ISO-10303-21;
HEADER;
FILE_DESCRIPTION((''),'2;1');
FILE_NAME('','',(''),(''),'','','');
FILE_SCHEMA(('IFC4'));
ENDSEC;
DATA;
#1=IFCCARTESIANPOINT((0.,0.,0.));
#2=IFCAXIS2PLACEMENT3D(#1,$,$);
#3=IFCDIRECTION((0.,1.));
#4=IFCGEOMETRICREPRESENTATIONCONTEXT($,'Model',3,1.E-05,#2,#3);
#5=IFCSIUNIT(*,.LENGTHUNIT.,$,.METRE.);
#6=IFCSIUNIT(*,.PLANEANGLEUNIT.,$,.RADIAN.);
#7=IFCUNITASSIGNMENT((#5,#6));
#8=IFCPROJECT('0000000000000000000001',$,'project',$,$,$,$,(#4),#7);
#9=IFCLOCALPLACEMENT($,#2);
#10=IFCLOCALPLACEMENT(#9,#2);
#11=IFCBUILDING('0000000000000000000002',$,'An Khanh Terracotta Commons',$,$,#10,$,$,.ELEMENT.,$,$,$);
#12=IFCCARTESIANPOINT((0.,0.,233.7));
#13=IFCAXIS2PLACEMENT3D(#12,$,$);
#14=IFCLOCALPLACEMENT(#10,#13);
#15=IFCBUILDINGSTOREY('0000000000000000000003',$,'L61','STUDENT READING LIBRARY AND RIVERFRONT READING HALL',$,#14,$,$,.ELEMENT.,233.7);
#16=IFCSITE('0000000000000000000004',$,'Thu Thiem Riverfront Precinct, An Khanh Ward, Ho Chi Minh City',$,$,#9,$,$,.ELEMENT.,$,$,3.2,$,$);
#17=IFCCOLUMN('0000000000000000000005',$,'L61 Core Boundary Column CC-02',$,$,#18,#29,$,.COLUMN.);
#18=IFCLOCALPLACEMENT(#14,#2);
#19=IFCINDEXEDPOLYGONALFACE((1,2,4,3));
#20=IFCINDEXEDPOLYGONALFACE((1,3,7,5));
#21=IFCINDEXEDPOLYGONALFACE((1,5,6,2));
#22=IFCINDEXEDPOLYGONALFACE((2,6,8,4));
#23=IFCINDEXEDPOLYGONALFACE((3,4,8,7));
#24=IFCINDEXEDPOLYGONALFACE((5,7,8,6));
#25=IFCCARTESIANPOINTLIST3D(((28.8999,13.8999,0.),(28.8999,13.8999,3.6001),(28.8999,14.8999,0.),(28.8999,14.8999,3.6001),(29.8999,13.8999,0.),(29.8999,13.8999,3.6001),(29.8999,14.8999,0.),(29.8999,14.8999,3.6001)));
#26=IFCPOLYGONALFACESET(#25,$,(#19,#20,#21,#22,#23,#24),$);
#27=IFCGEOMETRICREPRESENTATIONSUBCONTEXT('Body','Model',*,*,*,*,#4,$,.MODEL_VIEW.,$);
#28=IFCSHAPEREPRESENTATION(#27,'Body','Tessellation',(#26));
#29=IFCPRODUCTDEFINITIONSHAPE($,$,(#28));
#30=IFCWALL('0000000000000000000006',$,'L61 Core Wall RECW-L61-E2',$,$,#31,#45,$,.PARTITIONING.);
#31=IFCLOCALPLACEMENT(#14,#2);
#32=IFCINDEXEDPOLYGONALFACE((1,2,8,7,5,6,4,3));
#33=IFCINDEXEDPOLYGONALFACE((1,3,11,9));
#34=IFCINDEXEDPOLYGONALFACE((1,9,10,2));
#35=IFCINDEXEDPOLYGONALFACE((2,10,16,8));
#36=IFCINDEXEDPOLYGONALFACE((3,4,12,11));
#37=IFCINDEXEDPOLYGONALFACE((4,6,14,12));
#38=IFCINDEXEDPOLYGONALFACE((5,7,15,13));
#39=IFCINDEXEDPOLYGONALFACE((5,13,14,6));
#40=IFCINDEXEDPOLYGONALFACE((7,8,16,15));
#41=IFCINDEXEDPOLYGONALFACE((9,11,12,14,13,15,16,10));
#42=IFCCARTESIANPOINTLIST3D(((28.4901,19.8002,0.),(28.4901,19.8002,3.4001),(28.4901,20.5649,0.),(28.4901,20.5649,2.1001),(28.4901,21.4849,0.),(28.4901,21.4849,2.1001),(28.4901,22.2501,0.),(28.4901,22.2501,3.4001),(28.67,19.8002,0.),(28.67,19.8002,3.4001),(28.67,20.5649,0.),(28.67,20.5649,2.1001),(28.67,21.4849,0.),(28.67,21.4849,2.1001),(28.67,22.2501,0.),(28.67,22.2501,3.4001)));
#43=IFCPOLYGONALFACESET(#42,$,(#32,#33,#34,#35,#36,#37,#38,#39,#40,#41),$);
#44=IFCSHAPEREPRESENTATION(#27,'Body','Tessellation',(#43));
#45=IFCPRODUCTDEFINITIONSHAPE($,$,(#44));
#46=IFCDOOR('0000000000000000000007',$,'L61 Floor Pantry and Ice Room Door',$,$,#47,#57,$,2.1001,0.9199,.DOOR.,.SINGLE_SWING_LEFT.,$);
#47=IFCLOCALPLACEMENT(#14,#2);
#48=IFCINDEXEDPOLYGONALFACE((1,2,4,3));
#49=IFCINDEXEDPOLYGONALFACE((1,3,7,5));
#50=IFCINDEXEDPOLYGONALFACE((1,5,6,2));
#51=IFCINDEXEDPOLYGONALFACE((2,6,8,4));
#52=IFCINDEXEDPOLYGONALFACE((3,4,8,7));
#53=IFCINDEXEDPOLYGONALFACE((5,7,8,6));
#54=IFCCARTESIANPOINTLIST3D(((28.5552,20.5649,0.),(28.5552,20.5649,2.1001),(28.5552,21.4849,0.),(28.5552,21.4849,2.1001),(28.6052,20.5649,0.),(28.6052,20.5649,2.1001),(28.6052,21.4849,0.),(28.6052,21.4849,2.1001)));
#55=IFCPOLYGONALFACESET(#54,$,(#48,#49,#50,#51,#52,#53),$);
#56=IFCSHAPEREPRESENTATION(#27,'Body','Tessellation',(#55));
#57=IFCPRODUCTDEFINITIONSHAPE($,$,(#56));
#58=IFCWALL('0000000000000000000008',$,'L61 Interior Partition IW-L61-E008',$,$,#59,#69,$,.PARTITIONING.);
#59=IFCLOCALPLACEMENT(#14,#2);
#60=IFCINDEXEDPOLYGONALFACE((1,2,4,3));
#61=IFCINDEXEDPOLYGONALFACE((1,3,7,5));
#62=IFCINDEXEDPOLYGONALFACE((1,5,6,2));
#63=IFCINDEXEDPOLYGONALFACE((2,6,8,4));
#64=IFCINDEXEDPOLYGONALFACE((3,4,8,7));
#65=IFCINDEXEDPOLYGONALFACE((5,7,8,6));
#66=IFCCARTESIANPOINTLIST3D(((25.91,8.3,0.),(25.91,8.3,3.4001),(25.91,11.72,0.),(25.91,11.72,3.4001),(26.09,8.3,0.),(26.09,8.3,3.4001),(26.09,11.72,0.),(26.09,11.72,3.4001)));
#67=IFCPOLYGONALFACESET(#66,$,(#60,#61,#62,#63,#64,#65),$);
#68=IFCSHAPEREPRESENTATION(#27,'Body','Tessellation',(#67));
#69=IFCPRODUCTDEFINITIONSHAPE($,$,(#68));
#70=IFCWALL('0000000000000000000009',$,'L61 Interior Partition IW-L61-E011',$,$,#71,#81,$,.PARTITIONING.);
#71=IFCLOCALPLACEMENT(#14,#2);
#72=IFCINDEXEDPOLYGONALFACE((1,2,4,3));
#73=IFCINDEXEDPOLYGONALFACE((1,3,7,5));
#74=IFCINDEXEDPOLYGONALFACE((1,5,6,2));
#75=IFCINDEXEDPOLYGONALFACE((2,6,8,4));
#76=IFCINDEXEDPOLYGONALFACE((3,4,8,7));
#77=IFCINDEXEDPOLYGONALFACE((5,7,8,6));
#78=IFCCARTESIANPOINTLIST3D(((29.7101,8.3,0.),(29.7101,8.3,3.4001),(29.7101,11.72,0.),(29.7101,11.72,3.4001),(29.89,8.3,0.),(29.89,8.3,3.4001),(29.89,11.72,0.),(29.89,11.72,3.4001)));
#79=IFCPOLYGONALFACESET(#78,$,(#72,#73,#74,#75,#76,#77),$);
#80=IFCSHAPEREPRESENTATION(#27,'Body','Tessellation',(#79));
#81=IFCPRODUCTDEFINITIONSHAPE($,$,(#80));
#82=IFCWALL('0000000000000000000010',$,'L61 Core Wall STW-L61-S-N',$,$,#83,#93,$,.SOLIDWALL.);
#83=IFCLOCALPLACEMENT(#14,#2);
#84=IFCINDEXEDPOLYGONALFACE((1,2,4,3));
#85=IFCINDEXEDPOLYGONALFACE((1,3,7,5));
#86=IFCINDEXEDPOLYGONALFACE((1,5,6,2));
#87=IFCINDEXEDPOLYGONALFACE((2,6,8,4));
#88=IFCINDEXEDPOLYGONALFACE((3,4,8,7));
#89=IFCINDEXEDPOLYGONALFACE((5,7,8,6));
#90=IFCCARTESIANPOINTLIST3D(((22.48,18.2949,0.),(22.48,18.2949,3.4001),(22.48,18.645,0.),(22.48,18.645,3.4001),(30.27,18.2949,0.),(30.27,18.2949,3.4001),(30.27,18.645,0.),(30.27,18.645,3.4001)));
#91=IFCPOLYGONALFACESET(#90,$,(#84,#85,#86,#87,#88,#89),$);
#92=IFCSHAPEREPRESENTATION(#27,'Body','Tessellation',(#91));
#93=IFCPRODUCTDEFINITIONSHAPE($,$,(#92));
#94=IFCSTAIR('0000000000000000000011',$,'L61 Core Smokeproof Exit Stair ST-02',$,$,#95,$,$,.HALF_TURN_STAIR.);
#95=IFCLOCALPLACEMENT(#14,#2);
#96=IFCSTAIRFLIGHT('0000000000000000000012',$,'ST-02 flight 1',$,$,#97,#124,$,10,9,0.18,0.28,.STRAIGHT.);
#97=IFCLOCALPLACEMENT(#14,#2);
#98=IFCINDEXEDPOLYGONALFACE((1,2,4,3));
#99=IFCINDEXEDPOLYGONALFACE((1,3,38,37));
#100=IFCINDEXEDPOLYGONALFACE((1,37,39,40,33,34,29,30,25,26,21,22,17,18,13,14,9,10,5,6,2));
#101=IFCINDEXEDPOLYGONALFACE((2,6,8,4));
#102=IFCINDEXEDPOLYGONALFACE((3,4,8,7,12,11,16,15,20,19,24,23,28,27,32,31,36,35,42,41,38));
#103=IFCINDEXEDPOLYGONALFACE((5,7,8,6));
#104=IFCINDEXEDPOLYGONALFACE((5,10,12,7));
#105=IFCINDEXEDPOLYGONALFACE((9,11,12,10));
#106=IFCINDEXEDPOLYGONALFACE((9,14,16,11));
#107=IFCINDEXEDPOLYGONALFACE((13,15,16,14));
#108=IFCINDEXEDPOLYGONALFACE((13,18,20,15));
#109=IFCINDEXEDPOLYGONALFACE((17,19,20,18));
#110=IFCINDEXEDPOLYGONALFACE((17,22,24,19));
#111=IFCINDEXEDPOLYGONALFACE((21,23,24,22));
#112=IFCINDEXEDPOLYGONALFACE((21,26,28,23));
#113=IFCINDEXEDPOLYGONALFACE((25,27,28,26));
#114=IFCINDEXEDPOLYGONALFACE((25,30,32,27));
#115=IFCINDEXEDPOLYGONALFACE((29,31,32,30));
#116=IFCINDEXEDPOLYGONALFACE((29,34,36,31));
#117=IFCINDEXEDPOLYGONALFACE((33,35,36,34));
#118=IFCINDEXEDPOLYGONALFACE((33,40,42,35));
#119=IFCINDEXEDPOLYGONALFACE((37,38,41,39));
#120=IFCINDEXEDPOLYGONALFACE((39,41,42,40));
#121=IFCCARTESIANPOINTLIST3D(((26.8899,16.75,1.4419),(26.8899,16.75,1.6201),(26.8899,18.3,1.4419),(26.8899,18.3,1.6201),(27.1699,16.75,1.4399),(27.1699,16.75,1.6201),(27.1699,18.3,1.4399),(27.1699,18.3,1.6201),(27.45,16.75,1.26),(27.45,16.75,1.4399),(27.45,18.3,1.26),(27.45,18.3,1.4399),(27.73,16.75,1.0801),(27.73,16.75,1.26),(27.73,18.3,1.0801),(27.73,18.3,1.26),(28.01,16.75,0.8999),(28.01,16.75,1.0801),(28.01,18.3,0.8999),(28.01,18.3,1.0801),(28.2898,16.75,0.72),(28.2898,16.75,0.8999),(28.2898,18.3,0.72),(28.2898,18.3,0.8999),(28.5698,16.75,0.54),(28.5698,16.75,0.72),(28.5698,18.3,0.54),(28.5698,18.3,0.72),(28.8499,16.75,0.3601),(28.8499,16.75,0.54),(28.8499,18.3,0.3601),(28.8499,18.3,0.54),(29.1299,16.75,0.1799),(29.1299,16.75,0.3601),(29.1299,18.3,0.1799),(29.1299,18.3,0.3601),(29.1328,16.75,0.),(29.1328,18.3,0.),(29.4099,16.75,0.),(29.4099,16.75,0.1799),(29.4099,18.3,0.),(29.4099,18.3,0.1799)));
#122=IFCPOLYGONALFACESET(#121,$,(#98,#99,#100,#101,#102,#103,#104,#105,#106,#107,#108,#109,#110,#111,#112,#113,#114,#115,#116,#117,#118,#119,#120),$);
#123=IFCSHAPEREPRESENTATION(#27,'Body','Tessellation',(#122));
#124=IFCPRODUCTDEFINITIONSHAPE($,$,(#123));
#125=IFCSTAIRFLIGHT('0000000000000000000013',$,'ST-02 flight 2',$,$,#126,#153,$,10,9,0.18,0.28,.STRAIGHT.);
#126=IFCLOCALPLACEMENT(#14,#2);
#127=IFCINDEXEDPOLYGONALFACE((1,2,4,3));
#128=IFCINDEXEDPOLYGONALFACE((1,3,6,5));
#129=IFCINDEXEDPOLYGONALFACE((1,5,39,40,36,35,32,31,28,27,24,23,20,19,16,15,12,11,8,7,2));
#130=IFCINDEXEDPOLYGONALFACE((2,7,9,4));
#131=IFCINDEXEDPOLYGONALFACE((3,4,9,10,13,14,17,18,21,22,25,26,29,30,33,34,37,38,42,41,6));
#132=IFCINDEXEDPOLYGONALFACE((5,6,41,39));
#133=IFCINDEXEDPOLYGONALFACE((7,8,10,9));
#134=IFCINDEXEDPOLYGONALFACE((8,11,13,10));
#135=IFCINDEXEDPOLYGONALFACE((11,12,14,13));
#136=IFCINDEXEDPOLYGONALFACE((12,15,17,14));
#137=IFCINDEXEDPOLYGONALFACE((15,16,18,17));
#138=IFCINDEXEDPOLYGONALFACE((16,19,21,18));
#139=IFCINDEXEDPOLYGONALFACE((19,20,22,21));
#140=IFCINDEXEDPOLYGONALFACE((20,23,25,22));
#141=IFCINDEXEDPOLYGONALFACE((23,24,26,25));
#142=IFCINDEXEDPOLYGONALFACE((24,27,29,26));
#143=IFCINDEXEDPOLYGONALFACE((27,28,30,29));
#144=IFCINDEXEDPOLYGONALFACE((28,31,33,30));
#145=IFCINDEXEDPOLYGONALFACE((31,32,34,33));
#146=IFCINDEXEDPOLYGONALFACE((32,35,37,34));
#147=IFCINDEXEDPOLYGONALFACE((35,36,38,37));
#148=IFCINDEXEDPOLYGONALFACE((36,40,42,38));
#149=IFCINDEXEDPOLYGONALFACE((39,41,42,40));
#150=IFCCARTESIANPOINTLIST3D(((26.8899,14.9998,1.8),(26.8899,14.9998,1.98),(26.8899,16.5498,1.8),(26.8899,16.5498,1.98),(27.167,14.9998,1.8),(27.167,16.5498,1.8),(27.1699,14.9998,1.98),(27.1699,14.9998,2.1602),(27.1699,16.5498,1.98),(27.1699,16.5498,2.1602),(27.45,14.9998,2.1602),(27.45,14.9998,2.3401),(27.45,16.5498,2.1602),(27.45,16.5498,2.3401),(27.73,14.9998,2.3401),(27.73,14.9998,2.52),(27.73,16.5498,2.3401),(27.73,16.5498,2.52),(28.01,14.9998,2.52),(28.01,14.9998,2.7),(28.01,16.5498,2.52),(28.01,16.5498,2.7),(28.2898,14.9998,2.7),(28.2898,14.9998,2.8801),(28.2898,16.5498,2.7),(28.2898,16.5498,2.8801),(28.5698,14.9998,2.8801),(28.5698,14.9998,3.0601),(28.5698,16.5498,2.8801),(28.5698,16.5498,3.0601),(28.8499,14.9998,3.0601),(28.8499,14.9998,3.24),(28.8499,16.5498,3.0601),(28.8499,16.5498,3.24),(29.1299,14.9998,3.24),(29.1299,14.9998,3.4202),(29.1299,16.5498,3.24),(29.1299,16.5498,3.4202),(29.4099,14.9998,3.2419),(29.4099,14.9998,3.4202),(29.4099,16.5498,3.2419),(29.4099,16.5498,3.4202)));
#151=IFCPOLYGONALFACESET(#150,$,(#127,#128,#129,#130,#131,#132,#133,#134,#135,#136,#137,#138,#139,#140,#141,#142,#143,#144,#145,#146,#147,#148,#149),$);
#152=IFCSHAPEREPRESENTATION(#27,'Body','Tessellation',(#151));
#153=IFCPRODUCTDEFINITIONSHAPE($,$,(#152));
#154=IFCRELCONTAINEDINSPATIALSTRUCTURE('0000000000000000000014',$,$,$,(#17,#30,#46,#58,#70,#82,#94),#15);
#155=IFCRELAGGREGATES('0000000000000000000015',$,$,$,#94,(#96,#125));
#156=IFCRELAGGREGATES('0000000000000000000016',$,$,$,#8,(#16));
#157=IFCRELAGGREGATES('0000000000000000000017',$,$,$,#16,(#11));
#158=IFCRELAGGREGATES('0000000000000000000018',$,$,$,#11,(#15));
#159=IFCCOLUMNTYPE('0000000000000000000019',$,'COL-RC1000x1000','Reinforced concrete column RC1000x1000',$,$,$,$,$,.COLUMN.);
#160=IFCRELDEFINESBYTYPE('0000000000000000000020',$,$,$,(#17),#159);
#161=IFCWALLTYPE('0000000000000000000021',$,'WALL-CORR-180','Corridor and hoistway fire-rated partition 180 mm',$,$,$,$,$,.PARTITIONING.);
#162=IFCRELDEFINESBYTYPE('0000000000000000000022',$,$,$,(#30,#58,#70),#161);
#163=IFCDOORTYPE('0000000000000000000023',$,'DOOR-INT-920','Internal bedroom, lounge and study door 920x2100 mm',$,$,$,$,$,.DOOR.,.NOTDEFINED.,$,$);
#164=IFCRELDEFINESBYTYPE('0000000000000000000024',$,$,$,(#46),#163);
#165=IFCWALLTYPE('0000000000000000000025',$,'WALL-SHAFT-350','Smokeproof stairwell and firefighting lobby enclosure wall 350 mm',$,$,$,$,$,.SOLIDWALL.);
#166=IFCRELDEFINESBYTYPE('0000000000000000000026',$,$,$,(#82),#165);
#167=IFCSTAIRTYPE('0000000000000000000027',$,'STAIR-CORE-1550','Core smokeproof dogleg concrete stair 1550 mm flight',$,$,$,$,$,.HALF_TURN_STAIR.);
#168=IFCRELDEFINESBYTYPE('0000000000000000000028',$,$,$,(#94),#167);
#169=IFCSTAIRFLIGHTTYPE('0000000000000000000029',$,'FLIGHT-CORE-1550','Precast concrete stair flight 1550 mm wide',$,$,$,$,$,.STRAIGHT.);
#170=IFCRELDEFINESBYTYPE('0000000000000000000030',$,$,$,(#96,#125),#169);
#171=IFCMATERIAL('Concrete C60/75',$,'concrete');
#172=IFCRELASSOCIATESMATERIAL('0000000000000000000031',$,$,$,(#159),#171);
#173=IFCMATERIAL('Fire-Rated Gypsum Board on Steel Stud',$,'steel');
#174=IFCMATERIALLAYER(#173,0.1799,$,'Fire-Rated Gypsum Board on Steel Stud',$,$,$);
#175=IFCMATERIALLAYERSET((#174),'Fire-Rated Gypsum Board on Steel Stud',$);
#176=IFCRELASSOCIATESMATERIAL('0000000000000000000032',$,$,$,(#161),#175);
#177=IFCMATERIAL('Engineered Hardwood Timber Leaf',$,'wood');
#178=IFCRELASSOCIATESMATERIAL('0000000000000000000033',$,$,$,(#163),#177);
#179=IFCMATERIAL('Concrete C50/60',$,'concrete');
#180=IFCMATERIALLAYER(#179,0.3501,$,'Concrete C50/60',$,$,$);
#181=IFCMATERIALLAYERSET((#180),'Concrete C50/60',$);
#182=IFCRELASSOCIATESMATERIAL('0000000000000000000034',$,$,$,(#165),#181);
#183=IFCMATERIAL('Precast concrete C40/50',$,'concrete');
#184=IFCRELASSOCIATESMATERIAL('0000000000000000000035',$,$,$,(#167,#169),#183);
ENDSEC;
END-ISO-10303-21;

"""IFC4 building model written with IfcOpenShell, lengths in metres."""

from ifc_helpers import new_model, si_unit, direction, frame, frame_2d, origin, origin_2d, place, context, subcontext, project, spatial, polyline, rectangle, outline, extrude, material, layer, layer_set, material_profile, profile_set, type_object, element, fill, aggregate, save


model = new_model("IFC4")

# Units and contexts
model_context = context("Model", 3, precision=1e-05, world=origin(), true_north=direction((0.0, 1.0)))
body_context = subcontext(model_context, "Body", "Model", "MODEL_VIEW")
ifc_project = project(units=[si_unit("LENGTHUNIT", "METRE"), si_unit("PLANEANGLEUNIT", "RADIAN")], contexts=[model_context])

# Site, building, storey
site_placement = place(None, origin())
site = spatial("IfcSite", under=ifc_project, at=site_placement, Name="Thu Thiem Riverfront Precinct, An Khanh Ward, Ho Chi Minh City", CompositionType="ELEMENT", RefElevation=3.2)
building_placement = place(site_placement, origin())
building = spatial("IfcBuilding", under=site, at=building_placement, Name="An Khanh Terracotta Commons", CompositionType="ELEMENT")
storey_placement = place(building_placement, frame((0.0, 0.0, 233.7)))
storey = spatial("IfcBuildingStorey", under=building, at=storey_placement, Name="L61", Description="STUDENT READING LIBRARY AND RIVERFRONT READING HALL", CompositionType="ELEMENT", Elevation=233.7)

# Column
ifc_material_1 = material(Name="Concrete C60/75", Category="concrete")
ifc_material_profile = material_profile(ifc_material_1, rectangle(XDim=1.0, YDim=1.0, at=origin_2d()), Name="RC1000x1000")
ifc_profile_set = profile_set([ifc_material_profile], Name="Concrete C60/75")
column_type = type_object("IfcColumnType", Name="COL-RC1000x1000", Description="Reinforced concrete column RC1000x1000", PredefinedType="COLUMN", material=ifc_profile_set)
column_placement = place(storey_placement, frame((29.3999, 14.3999, 0.0), z_axis=(0.0, 0.0, 1.0), x_axis=(1.0, 0.0, 0.0)))
element("IfcColumn", 1, at=column_placement, inside=storey, type_object=column_type, Name="L61 Core Boundary Column CC-02", PredefinedType="COLUMN", context=body_context, shape_type="SweptSolid", body=[
    extrude(rectangle(XDim=1.0, YDim=1.0, at=origin_2d()), origin(), (0.0, 0.0, 1.0), 3.6001),
])

# Wall, opening, door
ifc_material_2 = material(Name="Fire-Rated Gypsum Board on Steel Stud", Category="steel")
ifc_layer_1 = layer(ifc_material_2, 0.1799, Name="Fire-Rated Gypsum Board on Steel Stud")
ifc_layer_set_1 = layer_set([ifc_layer_1], Name="Fire-Rated Gypsum Board on Steel Stud")
wall_type_1 = type_object("IfcWallType", Name="WALL-CORR-180", Description="Corridor and hoistway fire-rated partition 180 mm", PredefinedType="PARTITIONING", material=ifc_layer_set_1)
wall_1_placement = place(storey_placement, frame((28.5801, 19.8, 0.0), z_axis=(0.0, 0.0, 1.0), x_axis=(0.0, 1.0, 0.0)))
wall_1 = element("IfcWall", 2, at=wall_1_placement, inside=storey, type_object=wall_type_1, Name="L61 Core Wall RECW-L61-E2", PredefinedType="PARTITIONING", context=body_context, shape_type="SweptSolid", body=[
    extrude(rectangle(XDim=2.45, YDim=0.1799, at=frame_2d((1.2251, 0.0))), origin(), (0.0, 0.0, 1.0), 3.4001),
])
opening_1_placement = place(wall_1_placement, frame((0.7649, 0.0, 0.0)))
opening_1 = element("IfcOpeningElement", 3, at=opening_1_placement, cuts=wall_1, PredefinedType="OPENING", context=body_context, shape_type="SweptSolid", body=[
    extrude(rectangle(XDim=0.9199, YDim=2.1001, at=frame_2d((0.46, 1.05))), frame((0.0, 0.0999, 0.0), z_axis=(0.0, -1.0, 0.0), x_axis=(1.0, 0.0, 0.0)), (0.0, 0.0, 1.0), 0.2),
])
ifc_material_3 = material(Name="Engineered Hardwood Timber Leaf", Category="wood")
door_type_1 = type_object("IfcDoorType", Name="DOOR-INT-920", Description="Internal bedroom, lounge and study door 920x2100 mm", OperationType="NOTDEFINED", PredefinedType="DOOR", material=ifc_material_3)
door_1_placement = place(opening_1_placement, origin())
door_1 = element("IfcDoor", 4, at=door_1_placement, inside=storey, type_object=door_type_1, Name="L61 Floor Pantry and Ice Room Door", OperationType="SINGLE_SWING_LEFT", OverallHeight=2.1001, OverallWidth=0.9199, PredefinedType="DOOR", context=body_context, shape_type="SweptSolid", body=[
    extrude(rectangle(XDim=0.9199, YDim=2.1001, at=frame_2d((0.46, 1.05))), frame((0.0, 0.0249, 0.0), z_axis=(0.0, -1.0, 0.0), x_axis=(1.0, 0.0, 0.0)), (0.0, 0.0, 1.0), 0.05),
])
fill(opening_1, door_1)

# Walls
for number, where, z_axis, x_axis, name in (
    (5, (26.0, 8.3, 0.0), (0.0, 0.0, 1.0), (0.0, 1.0, 0.0), "L61 Interior Partition IW-L61-E008"),
    (6, (29.8, 8.3, 0.0), (0.0, 0.0, 1.0), (0.0, 1.0, 0.0), "L61 Interior Partition IW-L61-E011"),
):
    element("IfcWall", number, at=place(storey_placement, frame(where, z_axis=z_axis, x_axis=x_axis)), inside=storey, type_object=wall_type_1, Name=name, PredefinedType="PARTITIONING", context=body_context, shape_type="SweptSolid", body=[
        extrude(rectangle(XDim=3.4199, YDim=0.1799, at=frame_2d((1.71, 0.0))), origin(), (0.0, 0.0, 1.0), 3.4001),
    ])
ifc_material_4 = material(Name="Concrete C50/60", Category="concrete")
ifc_layer_2 = layer(ifc_material_4, 0.3501, Name="Concrete C50/60")
ifc_layer_set_2 = layer_set([ifc_layer_2], Name="Concrete C50/60")
wall_type_2 = type_object("IfcWallType", Name="WALL-SHAFT-350", Description="Smokeproof stairwell and firefighting lobby enclosure wall 350 mm", PredefinedType="SOLIDWALL", material=ifc_layer_set_2)
wall_2_placement = place(storey_placement, frame((22.48, 18.47, 0.0), z_axis=(0.0, 0.0, 1.0), x_axis=(1.0, 0.0, 0.0)))
element("IfcWall", 7, at=wall_2_placement, inside=storey, type_object=wall_type_2, Name="L61 Core Wall STW-L61-S-N", PredefinedType="SOLIDWALL", context=body_context, shape_type="SweptSolid", body=[
    extrude(rectangle(XDim=7.79, YDim=0.3501, at=frame_2d((3.895, 0.0))), origin(), (0.0, 0.0, 1.0), 3.4001),
])

# Stair, stair flights
ifc_material_5 = material(Name="Precast concrete C40/50", Category="concrete")
stair_type = type_object("IfcStairType", Name="STAIR-CORE-1550", Description="Core smokeproof dogleg concrete stair 1550 mm flight", PredefinedType="HALF_TURN_STAIR", material=ifc_material_5)
stair_placement = place(storey_placement, origin())
stair = element("IfcStair", 8, at=stair_placement, inside=storey, type_object=stair_type, Name="L61 Core Smokeproof Exit Stair ST-02", PredefinedType="HALF_TURN_STAIR")
stair_flight_type = type_object("IfcStairFlightType", Name="FLIGHT-CORE-1550", Description="Precast concrete stair flight 1550 mm wide", PredefinedType="STRAIGHT", material=ifc_material_5)
stair_flight_1_placement = place(storey_placement, frame((29.4099, 17.5249, 0.0), z_axis=(0.0, 0.0, 1.0), x_axis=(-1.0, 0.0, 0.0)))
stair_flight_1 = element("IfcStairFlight", 9, at=stair_flight_1_placement, type_object=stair_flight_type, Name="ST-02 flight 1", NumberOfRisers=10, NumberOfTreads=9, PredefinedType="STRAIGHT", RiserHeight=0.18, TreadLength=0.28, context=body_context, shape_type="SweptSolid", body=[
    extrude(outline(polyline([(0.0, 0.0), (0.0, 0.1799), (0.28, 0.1799), (0.28, 0.3601), (0.5601, 0.3601), (0.5601, 0.54), (0.8401, 0.54), (0.8401, 0.72), (1.1201, 0.72), (1.1201, 0.8999), (1.3999, 0.8999), (1.3999, 1.0801), (1.6799, 1.0801), (1.6799, 1.26), (1.96, 1.26), (1.96, 1.4399), (2.24, 1.4399), (2.24, 1.6201), (2.52, 1.6201), (2.52, 1.8), (2.52, 1.4419), (0.2771, 0.0), (0.0, 0.0)])), frame((0.0, 0.7749, 0.0), z_axis=(0.0, -1.0, 0.0), x_axis=(1.0, 0.0, 0.0)), (0.0, 0.0, 1.0), 1.55),
])
stair_flight_2_placement = place(storey_placement, frame((26.8899, 15.7749, 1.8), z_axis=(0.0, 0.0, 1.0), x_axis=(1.0, 0.0, 0.0)))
stair_flight_2 = element("IfcStairFlight", 10, at=stair_flight_2_placement, type_object=stair_flight_type, Name="ST-02 flight 2", NumberOfRisers=10, NumberOfTreads=9, PredefinedType="STRAIGHT", RiserHeight=0.18, TreadLength=0.28, context=body_context, shape_type="SweptSolid", body=[
    extrude(outline(polyline([(0.0, 0.0), (0.0, 0.1799), (0.28, 0.1799), (0.28, 0.3601), (0.5601, 0.3601), (0.5601, 0.54), (0.8401, 0.54), (0.8401, 0.72), (1.1201, 0.72), (1.1201, 0.8999), (1.3999, 0.8999), (1.3999, 1.0801), (1.6799, 1.0801), (1.6799, 1.26), (1.96, 1.26), (1.96, 1.4399), (2.24, 1.4399), (2.24, 1.6201), (2.52, 1.6201), (2.52, 1.8), (2.52, 1.4419), (0.2771, 0.0), (0.0, 0.0)])), frame((0.0, 0.7749, 0.0), z_axis=(0.0, -1.0, 0.0), x_axis=(1.0, 0.0, 0.0)), (0.0, 0.0, 1.0), 1.55),
])
aggregate(stair, [stair_flight_1, stair_flight_2])

save(model, "model.ifc")
